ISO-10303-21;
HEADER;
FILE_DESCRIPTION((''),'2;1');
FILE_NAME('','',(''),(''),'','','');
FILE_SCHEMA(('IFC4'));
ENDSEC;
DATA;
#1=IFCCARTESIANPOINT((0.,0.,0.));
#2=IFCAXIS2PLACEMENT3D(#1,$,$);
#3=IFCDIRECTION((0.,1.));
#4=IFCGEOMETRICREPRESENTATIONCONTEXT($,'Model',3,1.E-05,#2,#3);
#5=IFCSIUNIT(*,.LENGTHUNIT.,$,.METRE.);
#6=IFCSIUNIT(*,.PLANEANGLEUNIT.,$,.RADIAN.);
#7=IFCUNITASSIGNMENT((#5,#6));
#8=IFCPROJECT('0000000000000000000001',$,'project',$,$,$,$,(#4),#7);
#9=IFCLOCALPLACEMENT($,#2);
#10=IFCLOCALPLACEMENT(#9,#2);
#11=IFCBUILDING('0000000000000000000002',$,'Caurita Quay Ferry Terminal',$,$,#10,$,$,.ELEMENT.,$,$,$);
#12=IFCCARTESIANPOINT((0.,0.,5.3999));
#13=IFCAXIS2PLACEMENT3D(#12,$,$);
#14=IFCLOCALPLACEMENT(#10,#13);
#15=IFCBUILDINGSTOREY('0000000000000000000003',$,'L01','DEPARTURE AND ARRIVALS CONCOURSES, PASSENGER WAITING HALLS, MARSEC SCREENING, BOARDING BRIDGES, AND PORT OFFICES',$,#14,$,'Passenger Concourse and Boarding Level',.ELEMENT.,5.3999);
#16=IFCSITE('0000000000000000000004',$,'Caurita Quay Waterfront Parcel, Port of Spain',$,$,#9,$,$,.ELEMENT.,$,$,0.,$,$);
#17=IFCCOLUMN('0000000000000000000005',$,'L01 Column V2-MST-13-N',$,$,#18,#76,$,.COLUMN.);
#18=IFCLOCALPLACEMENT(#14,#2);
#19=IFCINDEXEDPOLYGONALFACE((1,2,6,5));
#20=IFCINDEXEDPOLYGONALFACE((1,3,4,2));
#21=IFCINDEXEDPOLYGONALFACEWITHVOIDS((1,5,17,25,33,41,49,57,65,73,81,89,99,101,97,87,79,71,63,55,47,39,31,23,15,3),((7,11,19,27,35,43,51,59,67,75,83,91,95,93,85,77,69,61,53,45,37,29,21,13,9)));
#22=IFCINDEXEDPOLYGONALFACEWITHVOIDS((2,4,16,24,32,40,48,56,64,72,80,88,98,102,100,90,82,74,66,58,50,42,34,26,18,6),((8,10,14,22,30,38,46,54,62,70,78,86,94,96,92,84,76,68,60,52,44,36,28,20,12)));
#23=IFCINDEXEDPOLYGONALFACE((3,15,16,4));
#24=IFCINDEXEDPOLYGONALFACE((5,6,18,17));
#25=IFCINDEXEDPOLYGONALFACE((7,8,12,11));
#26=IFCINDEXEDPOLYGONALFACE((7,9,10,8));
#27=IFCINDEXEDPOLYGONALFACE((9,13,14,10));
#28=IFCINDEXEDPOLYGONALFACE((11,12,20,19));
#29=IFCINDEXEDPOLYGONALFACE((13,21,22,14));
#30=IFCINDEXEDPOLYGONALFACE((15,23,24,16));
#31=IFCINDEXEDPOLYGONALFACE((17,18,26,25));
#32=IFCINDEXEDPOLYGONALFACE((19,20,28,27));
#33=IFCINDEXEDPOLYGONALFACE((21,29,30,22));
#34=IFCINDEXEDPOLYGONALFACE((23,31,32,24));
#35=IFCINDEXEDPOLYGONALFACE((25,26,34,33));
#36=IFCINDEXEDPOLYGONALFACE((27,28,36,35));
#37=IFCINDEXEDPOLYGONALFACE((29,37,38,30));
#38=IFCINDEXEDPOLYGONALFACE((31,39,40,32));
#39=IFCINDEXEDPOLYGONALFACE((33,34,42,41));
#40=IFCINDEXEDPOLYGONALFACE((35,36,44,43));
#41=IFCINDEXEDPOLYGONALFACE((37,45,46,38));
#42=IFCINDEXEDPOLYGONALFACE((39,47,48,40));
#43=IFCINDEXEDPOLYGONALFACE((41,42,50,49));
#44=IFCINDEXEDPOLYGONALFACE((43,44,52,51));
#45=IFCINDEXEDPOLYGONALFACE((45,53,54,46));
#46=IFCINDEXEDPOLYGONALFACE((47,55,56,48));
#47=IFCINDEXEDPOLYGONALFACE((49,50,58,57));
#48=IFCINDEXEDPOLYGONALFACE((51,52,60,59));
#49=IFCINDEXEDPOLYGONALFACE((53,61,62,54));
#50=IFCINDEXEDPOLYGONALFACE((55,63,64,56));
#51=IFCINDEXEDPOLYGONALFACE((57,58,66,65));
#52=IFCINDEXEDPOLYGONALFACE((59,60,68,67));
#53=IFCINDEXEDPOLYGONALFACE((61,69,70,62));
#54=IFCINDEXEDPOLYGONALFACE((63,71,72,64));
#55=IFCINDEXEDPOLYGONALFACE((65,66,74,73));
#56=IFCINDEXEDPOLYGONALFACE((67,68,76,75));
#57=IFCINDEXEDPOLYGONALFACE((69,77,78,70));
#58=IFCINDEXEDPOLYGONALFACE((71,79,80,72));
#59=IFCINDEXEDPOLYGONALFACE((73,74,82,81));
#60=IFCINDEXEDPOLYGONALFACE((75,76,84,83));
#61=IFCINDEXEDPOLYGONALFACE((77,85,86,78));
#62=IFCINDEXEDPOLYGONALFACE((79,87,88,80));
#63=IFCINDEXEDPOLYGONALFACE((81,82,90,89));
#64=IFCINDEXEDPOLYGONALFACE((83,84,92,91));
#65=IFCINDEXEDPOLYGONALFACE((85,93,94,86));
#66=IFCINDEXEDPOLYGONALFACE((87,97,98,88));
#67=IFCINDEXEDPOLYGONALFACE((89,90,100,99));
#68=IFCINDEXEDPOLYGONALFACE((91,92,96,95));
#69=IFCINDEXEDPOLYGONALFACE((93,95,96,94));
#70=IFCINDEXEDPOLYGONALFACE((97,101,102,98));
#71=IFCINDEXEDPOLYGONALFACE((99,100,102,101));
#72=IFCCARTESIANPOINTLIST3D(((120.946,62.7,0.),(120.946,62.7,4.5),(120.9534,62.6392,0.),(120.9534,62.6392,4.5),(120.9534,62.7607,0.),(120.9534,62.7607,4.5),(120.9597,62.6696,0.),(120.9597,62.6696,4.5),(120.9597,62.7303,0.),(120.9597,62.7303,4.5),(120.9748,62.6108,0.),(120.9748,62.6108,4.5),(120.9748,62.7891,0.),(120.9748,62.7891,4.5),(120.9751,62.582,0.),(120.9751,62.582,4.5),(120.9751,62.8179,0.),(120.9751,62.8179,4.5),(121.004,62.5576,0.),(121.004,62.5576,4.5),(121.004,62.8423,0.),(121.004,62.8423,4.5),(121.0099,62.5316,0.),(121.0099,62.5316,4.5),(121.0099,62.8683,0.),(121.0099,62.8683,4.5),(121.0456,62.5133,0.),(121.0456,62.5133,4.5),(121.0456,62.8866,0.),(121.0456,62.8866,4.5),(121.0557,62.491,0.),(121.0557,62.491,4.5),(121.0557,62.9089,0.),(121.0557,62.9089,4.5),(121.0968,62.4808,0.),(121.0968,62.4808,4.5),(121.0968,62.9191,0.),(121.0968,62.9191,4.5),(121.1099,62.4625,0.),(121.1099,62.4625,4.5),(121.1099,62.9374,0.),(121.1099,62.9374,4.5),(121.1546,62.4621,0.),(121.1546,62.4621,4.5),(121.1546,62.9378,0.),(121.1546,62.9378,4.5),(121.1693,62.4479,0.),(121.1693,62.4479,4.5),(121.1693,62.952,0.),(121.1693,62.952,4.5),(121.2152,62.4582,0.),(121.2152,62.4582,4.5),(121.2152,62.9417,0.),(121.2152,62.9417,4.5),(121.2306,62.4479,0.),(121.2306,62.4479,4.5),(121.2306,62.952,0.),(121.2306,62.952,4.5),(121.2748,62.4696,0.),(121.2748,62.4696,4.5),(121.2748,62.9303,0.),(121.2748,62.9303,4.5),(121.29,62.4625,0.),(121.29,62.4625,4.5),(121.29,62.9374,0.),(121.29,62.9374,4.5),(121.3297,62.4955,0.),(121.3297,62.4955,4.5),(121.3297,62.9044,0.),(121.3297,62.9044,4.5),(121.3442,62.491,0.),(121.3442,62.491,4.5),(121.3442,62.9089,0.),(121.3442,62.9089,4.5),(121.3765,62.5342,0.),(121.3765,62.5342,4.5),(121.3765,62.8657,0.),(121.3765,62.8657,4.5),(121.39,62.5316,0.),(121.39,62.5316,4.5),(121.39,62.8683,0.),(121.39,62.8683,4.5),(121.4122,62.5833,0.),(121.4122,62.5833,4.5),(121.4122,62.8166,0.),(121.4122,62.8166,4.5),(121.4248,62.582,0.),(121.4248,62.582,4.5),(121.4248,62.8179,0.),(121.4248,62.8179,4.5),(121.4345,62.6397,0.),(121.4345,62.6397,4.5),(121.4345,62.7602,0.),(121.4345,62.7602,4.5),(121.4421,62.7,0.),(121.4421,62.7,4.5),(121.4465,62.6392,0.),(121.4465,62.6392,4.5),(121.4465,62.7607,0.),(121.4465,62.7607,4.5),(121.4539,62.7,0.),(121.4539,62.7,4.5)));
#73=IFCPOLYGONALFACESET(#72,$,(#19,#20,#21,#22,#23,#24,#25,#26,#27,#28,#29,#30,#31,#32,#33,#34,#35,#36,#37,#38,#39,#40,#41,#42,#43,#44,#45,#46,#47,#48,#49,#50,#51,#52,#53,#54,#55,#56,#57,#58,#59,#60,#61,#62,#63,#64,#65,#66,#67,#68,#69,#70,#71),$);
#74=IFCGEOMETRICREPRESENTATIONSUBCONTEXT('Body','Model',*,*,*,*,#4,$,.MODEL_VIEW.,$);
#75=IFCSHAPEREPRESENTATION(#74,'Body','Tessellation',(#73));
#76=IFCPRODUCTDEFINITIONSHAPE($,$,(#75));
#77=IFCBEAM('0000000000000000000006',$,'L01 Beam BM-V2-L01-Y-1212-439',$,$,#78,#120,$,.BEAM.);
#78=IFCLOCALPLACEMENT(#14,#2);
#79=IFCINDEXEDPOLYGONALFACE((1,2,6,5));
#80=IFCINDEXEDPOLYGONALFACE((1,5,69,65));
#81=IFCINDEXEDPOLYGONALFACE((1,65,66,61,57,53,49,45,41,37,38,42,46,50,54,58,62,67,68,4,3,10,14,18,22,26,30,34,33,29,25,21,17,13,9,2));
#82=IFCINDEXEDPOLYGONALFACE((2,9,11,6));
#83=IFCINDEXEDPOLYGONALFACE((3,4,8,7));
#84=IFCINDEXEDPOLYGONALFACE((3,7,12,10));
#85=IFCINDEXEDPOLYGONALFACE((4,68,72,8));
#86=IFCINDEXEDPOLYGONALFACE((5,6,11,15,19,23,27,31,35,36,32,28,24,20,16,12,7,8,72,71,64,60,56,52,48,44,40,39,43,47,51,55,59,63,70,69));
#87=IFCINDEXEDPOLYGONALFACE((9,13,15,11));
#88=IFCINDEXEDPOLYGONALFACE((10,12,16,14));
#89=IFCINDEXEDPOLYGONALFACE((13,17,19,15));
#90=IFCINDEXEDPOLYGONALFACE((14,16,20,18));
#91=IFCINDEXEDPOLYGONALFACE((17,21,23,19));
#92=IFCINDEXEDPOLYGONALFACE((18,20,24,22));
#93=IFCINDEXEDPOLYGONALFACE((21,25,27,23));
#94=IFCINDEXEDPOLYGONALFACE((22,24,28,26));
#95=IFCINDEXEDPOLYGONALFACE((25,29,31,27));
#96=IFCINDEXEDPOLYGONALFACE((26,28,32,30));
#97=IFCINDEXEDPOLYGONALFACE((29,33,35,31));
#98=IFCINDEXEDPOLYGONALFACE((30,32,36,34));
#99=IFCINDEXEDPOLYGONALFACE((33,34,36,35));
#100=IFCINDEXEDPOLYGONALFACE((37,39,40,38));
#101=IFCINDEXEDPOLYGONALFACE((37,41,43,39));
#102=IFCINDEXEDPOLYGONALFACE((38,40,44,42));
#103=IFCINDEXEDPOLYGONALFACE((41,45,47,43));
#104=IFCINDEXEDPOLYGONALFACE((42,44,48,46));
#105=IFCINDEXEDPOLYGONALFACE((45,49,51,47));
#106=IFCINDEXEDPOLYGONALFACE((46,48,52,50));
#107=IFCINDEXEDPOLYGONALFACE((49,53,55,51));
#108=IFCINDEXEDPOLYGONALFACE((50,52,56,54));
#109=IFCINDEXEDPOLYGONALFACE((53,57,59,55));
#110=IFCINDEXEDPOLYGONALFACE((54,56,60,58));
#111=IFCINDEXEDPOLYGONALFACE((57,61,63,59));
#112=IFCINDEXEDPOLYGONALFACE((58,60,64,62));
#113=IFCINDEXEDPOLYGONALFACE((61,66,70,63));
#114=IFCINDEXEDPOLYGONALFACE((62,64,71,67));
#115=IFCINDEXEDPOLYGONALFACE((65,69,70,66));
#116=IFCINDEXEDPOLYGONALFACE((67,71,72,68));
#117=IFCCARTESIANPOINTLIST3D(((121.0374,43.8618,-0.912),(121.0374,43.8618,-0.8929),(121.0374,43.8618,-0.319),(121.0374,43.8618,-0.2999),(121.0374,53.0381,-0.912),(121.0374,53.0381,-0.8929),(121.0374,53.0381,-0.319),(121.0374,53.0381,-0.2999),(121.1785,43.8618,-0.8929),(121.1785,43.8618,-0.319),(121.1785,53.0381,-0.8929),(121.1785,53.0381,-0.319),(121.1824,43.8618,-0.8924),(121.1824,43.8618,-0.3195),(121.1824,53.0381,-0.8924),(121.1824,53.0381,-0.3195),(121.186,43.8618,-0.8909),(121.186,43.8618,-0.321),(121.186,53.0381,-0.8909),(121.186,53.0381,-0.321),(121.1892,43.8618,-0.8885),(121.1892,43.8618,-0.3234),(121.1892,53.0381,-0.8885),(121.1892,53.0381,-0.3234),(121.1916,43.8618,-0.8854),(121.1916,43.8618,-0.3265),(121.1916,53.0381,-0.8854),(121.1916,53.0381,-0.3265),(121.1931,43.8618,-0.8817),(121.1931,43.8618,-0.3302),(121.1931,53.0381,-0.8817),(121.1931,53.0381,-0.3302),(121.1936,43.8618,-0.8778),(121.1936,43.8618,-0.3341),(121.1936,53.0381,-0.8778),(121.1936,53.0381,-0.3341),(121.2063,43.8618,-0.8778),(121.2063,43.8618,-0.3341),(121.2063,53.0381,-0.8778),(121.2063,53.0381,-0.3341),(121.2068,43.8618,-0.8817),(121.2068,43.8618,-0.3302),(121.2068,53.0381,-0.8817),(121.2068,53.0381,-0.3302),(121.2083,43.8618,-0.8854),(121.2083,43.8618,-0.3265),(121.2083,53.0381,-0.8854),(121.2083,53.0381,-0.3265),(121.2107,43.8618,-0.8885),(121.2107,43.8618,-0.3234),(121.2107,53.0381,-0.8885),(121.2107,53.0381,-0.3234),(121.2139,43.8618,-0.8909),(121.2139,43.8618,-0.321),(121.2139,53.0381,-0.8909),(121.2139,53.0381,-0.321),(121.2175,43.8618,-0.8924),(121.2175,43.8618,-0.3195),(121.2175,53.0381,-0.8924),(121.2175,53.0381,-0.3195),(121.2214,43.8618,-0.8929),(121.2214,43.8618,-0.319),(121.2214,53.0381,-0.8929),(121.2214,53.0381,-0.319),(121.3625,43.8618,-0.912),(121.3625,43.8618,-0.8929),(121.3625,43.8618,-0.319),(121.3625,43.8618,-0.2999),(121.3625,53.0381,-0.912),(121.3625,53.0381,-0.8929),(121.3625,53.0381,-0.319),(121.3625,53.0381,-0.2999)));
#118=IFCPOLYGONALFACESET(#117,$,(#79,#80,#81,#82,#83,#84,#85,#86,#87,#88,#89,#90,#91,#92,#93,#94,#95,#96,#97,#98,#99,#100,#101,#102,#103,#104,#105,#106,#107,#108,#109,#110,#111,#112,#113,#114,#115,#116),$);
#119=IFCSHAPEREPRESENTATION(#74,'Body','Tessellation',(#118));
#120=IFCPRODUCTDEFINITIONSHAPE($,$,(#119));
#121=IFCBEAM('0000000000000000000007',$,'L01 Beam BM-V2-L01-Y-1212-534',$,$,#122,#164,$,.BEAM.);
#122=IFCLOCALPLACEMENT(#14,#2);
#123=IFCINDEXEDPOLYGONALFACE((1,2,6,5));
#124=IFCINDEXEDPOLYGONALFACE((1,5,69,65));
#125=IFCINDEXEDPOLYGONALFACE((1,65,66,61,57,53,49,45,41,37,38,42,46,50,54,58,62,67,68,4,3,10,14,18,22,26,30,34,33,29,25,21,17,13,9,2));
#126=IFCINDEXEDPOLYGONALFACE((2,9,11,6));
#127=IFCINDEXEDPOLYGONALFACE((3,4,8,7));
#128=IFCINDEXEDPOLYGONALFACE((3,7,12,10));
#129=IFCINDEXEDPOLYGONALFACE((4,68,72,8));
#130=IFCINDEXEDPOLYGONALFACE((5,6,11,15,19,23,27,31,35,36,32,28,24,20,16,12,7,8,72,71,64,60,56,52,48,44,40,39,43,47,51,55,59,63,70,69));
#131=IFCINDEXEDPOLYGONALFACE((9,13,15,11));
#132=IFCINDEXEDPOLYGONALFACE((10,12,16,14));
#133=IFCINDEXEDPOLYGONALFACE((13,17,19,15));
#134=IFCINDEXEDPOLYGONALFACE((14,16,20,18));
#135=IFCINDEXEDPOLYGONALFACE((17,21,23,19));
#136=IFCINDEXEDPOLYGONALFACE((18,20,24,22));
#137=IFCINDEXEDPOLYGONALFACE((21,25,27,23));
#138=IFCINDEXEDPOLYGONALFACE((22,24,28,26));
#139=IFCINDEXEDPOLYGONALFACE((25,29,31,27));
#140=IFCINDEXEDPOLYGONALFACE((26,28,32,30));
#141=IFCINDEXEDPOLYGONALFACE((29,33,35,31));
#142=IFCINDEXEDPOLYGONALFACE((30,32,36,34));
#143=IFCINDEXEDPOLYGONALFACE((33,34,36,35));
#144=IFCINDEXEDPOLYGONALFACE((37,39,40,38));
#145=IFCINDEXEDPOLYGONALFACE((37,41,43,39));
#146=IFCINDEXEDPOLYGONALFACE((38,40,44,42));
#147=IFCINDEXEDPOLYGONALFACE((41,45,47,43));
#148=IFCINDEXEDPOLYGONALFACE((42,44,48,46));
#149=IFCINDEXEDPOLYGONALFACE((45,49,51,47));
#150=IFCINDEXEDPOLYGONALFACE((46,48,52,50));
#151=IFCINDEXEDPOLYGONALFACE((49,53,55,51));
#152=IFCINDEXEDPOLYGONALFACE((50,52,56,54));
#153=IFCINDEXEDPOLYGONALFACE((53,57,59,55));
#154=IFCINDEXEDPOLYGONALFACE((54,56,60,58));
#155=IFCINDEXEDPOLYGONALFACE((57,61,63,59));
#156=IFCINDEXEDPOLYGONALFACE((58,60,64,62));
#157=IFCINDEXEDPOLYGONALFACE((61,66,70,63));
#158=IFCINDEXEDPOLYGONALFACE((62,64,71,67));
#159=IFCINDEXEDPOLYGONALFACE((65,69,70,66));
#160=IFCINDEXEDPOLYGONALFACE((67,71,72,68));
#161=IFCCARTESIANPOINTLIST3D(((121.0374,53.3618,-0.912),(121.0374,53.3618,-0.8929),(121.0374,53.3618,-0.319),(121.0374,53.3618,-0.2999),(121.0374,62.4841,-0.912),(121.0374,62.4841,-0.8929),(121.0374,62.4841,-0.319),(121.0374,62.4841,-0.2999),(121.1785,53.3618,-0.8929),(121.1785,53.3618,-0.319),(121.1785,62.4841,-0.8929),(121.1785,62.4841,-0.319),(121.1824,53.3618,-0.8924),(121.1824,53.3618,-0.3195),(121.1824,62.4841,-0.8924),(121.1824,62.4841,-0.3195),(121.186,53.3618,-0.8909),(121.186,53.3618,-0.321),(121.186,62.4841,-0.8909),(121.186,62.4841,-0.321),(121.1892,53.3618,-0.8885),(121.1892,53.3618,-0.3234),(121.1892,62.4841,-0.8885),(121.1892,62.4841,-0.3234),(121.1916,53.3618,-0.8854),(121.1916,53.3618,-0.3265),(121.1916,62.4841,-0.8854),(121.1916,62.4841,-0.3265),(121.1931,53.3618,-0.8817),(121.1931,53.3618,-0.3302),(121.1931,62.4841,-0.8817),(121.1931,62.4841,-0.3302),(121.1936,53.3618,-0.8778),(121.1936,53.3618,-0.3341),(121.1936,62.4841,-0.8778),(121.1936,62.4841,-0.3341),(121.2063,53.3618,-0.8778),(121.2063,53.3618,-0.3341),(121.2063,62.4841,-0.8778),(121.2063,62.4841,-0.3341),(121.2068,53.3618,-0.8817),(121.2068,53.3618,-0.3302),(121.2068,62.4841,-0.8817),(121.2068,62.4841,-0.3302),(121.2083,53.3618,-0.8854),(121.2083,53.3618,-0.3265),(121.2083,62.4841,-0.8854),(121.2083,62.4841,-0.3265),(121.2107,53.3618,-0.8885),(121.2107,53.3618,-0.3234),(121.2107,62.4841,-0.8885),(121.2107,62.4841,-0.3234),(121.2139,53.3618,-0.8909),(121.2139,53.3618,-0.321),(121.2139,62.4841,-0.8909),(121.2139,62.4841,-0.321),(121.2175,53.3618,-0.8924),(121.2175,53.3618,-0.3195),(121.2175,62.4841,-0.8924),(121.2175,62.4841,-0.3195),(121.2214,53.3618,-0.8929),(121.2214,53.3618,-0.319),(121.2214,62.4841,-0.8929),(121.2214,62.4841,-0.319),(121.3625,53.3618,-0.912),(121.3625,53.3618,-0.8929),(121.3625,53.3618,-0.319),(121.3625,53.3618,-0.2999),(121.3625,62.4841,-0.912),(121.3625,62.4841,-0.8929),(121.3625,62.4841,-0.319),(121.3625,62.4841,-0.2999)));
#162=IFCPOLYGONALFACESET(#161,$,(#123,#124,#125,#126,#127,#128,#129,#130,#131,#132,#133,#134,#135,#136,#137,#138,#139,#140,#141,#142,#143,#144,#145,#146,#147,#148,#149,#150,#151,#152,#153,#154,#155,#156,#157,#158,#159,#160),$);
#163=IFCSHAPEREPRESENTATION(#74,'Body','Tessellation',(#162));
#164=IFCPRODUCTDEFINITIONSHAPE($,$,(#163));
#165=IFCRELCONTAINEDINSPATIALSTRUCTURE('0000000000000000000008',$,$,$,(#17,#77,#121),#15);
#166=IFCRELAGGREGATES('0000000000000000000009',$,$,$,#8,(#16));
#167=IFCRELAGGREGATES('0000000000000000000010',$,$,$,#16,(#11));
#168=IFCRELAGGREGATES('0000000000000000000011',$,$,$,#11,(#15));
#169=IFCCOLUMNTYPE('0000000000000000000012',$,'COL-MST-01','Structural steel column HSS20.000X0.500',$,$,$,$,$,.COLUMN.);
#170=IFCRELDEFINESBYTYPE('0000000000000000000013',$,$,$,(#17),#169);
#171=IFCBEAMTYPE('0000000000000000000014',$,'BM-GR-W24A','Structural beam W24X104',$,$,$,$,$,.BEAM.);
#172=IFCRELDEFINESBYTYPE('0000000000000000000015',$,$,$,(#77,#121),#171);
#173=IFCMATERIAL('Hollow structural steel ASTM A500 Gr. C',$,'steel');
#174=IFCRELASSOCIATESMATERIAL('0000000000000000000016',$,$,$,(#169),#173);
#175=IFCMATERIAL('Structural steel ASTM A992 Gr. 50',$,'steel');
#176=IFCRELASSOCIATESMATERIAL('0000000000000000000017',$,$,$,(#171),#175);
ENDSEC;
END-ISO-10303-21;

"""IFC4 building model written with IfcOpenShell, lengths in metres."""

from ifc_helpers import new_model, si_unit, direction, frame, origin, origin_2d, place, context, subcontext, project, spatial, hollow_circle, i_section, extrude, material, material_profile, profile_set, type_object, element, save


model = new_model("IFC4")

# Units and contexts
model_context = context("Model", 3, precision=1e-05, world=origin(), true_north=direction((0.0, 1.0)))
body_context = subcontext(model_context, "Body", "Model", "MODEL_VIEW")
ifc_project = project(units=[si_unit("LENGTHUNIT", "METRE"), si_unit("PLANEANGLEUNIT", "RADIAN")], contexts=[model_context])

# Site, building, storey
site_placement = place(None, origin())
site = spatial("IfcSite", under=ifc_project, at=site_placement, Name="Caurita Quay Waterfront Parcel, Port of Spain", CompositionType="ELEMENT", RefElevation=0.0)
building_placement = place(site_placement, origin())
building = spatial("IfcBuilding", under=site, at=building_placement, Name="Caurita Quay Ferry Terminal", CompositionType="ELEMENT")
storey_placement = place(building_placement, frame((0.0, 0.0, 5.3999)))
storey = spatial("IfcBuildingStorey", under=building, at=storey_placement, Name="L01", Description="DEPARTURE AND ARRIVALS CONCOURSES, PASSENGER WAITING HALLS, MARSEC SCREENING, BOARDING BRIDGES, AND PORT OFFICES", LongName="Passenger Concourse and Boarding Level", CompositionType="ELEMENT", Elevation=5.3999)

# Column
ifc_material_1 = material(Name="Hollow structural steel ASTM A500 Gr. C", Category="steel")
ifc_material_profile_1 = material_profile(ifc_material_1, hollow_circle(Radius=0.2539, WallThickness=0.0117, at=origin_2d()), Name="HSS20.000X0.500")
ifc_profile_set_1 = profile_set([ifc_material_profile_1], Name="Hollow structural steel ASTM A500 Gr. C")
column_type = type_object("IfcColumnType", Name="COL-MST-01", Description="Structural steel column HSS20.000X0.500", PredefinedType="COLUMN", material=ifc_profile_set_1)
column_placement = place(storey_placement, frame((121.2, 62.7, 0.0), z_axis=(0.0, 0.0, 1.0), x_axis=(1.0, 0.0, 0.0)))
element("IfcColumn", 1, at=column_placement, inside=storey, type_object=column_type, Name="L01 Column V2-MST-13-N", PredefinedType="COLUMN", context=body_context, shape_type="SweptSolid", body=[
    extrude(hollow_circle(Radius=0.2539, WallThickness=0.0117, at=origin_2d()), origin(), (0.0, 0.0, 1.0), 4.5),
])

# Beams
ifc_material_2 = material(Name="Structural steel ASTM A992 Gr. 50", Category="steel")
ifc_material_profile_2 = material_profile(ifc_material_2, i_section(OverallWidth=0.3252, OverallDepth=0.6121, WebThickness=0.0127, FlangeThickness=0.019, FilletRadius=0.0151, at=origin_2d()), Name="W24X104")
ifc_profile_set_2 = profile_set([ifc_material_profile_2], Name="Structural steel ASTM A992 Gr. 50")
beam_type_1 = type_object("IfcBeamType", Name="BM-GR-W24A", Description="Structural beam W24X104", PredefinedType="BEAM", material=ifc_profile_set_2)
beam_1_placement = place(storey_placement, frame((121.2, 43.8618, -0.606), z_axis=(0.0, 1.0, 0.0), x_axis=(-1.0, 0.0, 0.0)))
element("IfcBeam", 2, at=beam_1_placement, inside=storey, type_object=beam_type_1, Name="L01 Beam BM-V2-L01-Y-1212-439", PredefinedType="BEAM", context=body_context, shape_type="SweptSolid", body=[
    extrude(i_section(OverallWidth=0.3252, OverallDepth=0.6121, WebThickness=0.0127, FlangeThickness=0.019, FilletRadius=0.0151, at=origin_2d()), origin(), (0.0, 0.0, 1.0), 9.1763),
])
beam_2_placement = place(storey_placement, frame((121.2, 53.3618, -0.606), z_axis=(0.0, 1.0, 0.0), x_axis=(-1.0, 0.0, 0.0)))
element("IfcBeam", 3, at=beam_2_placement, inside=storey, type_object=beam_type_1, Name="L01 Beam BM-V2-L01-Y-1212-534", PredefinedType="BEAM", context=body_context, shape_type="SweptSolid", body=[
    extrude(i_section(OverallWidth=0.3252, OverallDepth=0.6121, WebThickness=0.0127, FlangeThickness=0.019, FilletRadius=0.0151, at=origin_2d()), origin(), (0.0, 0.0, 1.0), 9.1223),
])

save(model, "model.ifc")
